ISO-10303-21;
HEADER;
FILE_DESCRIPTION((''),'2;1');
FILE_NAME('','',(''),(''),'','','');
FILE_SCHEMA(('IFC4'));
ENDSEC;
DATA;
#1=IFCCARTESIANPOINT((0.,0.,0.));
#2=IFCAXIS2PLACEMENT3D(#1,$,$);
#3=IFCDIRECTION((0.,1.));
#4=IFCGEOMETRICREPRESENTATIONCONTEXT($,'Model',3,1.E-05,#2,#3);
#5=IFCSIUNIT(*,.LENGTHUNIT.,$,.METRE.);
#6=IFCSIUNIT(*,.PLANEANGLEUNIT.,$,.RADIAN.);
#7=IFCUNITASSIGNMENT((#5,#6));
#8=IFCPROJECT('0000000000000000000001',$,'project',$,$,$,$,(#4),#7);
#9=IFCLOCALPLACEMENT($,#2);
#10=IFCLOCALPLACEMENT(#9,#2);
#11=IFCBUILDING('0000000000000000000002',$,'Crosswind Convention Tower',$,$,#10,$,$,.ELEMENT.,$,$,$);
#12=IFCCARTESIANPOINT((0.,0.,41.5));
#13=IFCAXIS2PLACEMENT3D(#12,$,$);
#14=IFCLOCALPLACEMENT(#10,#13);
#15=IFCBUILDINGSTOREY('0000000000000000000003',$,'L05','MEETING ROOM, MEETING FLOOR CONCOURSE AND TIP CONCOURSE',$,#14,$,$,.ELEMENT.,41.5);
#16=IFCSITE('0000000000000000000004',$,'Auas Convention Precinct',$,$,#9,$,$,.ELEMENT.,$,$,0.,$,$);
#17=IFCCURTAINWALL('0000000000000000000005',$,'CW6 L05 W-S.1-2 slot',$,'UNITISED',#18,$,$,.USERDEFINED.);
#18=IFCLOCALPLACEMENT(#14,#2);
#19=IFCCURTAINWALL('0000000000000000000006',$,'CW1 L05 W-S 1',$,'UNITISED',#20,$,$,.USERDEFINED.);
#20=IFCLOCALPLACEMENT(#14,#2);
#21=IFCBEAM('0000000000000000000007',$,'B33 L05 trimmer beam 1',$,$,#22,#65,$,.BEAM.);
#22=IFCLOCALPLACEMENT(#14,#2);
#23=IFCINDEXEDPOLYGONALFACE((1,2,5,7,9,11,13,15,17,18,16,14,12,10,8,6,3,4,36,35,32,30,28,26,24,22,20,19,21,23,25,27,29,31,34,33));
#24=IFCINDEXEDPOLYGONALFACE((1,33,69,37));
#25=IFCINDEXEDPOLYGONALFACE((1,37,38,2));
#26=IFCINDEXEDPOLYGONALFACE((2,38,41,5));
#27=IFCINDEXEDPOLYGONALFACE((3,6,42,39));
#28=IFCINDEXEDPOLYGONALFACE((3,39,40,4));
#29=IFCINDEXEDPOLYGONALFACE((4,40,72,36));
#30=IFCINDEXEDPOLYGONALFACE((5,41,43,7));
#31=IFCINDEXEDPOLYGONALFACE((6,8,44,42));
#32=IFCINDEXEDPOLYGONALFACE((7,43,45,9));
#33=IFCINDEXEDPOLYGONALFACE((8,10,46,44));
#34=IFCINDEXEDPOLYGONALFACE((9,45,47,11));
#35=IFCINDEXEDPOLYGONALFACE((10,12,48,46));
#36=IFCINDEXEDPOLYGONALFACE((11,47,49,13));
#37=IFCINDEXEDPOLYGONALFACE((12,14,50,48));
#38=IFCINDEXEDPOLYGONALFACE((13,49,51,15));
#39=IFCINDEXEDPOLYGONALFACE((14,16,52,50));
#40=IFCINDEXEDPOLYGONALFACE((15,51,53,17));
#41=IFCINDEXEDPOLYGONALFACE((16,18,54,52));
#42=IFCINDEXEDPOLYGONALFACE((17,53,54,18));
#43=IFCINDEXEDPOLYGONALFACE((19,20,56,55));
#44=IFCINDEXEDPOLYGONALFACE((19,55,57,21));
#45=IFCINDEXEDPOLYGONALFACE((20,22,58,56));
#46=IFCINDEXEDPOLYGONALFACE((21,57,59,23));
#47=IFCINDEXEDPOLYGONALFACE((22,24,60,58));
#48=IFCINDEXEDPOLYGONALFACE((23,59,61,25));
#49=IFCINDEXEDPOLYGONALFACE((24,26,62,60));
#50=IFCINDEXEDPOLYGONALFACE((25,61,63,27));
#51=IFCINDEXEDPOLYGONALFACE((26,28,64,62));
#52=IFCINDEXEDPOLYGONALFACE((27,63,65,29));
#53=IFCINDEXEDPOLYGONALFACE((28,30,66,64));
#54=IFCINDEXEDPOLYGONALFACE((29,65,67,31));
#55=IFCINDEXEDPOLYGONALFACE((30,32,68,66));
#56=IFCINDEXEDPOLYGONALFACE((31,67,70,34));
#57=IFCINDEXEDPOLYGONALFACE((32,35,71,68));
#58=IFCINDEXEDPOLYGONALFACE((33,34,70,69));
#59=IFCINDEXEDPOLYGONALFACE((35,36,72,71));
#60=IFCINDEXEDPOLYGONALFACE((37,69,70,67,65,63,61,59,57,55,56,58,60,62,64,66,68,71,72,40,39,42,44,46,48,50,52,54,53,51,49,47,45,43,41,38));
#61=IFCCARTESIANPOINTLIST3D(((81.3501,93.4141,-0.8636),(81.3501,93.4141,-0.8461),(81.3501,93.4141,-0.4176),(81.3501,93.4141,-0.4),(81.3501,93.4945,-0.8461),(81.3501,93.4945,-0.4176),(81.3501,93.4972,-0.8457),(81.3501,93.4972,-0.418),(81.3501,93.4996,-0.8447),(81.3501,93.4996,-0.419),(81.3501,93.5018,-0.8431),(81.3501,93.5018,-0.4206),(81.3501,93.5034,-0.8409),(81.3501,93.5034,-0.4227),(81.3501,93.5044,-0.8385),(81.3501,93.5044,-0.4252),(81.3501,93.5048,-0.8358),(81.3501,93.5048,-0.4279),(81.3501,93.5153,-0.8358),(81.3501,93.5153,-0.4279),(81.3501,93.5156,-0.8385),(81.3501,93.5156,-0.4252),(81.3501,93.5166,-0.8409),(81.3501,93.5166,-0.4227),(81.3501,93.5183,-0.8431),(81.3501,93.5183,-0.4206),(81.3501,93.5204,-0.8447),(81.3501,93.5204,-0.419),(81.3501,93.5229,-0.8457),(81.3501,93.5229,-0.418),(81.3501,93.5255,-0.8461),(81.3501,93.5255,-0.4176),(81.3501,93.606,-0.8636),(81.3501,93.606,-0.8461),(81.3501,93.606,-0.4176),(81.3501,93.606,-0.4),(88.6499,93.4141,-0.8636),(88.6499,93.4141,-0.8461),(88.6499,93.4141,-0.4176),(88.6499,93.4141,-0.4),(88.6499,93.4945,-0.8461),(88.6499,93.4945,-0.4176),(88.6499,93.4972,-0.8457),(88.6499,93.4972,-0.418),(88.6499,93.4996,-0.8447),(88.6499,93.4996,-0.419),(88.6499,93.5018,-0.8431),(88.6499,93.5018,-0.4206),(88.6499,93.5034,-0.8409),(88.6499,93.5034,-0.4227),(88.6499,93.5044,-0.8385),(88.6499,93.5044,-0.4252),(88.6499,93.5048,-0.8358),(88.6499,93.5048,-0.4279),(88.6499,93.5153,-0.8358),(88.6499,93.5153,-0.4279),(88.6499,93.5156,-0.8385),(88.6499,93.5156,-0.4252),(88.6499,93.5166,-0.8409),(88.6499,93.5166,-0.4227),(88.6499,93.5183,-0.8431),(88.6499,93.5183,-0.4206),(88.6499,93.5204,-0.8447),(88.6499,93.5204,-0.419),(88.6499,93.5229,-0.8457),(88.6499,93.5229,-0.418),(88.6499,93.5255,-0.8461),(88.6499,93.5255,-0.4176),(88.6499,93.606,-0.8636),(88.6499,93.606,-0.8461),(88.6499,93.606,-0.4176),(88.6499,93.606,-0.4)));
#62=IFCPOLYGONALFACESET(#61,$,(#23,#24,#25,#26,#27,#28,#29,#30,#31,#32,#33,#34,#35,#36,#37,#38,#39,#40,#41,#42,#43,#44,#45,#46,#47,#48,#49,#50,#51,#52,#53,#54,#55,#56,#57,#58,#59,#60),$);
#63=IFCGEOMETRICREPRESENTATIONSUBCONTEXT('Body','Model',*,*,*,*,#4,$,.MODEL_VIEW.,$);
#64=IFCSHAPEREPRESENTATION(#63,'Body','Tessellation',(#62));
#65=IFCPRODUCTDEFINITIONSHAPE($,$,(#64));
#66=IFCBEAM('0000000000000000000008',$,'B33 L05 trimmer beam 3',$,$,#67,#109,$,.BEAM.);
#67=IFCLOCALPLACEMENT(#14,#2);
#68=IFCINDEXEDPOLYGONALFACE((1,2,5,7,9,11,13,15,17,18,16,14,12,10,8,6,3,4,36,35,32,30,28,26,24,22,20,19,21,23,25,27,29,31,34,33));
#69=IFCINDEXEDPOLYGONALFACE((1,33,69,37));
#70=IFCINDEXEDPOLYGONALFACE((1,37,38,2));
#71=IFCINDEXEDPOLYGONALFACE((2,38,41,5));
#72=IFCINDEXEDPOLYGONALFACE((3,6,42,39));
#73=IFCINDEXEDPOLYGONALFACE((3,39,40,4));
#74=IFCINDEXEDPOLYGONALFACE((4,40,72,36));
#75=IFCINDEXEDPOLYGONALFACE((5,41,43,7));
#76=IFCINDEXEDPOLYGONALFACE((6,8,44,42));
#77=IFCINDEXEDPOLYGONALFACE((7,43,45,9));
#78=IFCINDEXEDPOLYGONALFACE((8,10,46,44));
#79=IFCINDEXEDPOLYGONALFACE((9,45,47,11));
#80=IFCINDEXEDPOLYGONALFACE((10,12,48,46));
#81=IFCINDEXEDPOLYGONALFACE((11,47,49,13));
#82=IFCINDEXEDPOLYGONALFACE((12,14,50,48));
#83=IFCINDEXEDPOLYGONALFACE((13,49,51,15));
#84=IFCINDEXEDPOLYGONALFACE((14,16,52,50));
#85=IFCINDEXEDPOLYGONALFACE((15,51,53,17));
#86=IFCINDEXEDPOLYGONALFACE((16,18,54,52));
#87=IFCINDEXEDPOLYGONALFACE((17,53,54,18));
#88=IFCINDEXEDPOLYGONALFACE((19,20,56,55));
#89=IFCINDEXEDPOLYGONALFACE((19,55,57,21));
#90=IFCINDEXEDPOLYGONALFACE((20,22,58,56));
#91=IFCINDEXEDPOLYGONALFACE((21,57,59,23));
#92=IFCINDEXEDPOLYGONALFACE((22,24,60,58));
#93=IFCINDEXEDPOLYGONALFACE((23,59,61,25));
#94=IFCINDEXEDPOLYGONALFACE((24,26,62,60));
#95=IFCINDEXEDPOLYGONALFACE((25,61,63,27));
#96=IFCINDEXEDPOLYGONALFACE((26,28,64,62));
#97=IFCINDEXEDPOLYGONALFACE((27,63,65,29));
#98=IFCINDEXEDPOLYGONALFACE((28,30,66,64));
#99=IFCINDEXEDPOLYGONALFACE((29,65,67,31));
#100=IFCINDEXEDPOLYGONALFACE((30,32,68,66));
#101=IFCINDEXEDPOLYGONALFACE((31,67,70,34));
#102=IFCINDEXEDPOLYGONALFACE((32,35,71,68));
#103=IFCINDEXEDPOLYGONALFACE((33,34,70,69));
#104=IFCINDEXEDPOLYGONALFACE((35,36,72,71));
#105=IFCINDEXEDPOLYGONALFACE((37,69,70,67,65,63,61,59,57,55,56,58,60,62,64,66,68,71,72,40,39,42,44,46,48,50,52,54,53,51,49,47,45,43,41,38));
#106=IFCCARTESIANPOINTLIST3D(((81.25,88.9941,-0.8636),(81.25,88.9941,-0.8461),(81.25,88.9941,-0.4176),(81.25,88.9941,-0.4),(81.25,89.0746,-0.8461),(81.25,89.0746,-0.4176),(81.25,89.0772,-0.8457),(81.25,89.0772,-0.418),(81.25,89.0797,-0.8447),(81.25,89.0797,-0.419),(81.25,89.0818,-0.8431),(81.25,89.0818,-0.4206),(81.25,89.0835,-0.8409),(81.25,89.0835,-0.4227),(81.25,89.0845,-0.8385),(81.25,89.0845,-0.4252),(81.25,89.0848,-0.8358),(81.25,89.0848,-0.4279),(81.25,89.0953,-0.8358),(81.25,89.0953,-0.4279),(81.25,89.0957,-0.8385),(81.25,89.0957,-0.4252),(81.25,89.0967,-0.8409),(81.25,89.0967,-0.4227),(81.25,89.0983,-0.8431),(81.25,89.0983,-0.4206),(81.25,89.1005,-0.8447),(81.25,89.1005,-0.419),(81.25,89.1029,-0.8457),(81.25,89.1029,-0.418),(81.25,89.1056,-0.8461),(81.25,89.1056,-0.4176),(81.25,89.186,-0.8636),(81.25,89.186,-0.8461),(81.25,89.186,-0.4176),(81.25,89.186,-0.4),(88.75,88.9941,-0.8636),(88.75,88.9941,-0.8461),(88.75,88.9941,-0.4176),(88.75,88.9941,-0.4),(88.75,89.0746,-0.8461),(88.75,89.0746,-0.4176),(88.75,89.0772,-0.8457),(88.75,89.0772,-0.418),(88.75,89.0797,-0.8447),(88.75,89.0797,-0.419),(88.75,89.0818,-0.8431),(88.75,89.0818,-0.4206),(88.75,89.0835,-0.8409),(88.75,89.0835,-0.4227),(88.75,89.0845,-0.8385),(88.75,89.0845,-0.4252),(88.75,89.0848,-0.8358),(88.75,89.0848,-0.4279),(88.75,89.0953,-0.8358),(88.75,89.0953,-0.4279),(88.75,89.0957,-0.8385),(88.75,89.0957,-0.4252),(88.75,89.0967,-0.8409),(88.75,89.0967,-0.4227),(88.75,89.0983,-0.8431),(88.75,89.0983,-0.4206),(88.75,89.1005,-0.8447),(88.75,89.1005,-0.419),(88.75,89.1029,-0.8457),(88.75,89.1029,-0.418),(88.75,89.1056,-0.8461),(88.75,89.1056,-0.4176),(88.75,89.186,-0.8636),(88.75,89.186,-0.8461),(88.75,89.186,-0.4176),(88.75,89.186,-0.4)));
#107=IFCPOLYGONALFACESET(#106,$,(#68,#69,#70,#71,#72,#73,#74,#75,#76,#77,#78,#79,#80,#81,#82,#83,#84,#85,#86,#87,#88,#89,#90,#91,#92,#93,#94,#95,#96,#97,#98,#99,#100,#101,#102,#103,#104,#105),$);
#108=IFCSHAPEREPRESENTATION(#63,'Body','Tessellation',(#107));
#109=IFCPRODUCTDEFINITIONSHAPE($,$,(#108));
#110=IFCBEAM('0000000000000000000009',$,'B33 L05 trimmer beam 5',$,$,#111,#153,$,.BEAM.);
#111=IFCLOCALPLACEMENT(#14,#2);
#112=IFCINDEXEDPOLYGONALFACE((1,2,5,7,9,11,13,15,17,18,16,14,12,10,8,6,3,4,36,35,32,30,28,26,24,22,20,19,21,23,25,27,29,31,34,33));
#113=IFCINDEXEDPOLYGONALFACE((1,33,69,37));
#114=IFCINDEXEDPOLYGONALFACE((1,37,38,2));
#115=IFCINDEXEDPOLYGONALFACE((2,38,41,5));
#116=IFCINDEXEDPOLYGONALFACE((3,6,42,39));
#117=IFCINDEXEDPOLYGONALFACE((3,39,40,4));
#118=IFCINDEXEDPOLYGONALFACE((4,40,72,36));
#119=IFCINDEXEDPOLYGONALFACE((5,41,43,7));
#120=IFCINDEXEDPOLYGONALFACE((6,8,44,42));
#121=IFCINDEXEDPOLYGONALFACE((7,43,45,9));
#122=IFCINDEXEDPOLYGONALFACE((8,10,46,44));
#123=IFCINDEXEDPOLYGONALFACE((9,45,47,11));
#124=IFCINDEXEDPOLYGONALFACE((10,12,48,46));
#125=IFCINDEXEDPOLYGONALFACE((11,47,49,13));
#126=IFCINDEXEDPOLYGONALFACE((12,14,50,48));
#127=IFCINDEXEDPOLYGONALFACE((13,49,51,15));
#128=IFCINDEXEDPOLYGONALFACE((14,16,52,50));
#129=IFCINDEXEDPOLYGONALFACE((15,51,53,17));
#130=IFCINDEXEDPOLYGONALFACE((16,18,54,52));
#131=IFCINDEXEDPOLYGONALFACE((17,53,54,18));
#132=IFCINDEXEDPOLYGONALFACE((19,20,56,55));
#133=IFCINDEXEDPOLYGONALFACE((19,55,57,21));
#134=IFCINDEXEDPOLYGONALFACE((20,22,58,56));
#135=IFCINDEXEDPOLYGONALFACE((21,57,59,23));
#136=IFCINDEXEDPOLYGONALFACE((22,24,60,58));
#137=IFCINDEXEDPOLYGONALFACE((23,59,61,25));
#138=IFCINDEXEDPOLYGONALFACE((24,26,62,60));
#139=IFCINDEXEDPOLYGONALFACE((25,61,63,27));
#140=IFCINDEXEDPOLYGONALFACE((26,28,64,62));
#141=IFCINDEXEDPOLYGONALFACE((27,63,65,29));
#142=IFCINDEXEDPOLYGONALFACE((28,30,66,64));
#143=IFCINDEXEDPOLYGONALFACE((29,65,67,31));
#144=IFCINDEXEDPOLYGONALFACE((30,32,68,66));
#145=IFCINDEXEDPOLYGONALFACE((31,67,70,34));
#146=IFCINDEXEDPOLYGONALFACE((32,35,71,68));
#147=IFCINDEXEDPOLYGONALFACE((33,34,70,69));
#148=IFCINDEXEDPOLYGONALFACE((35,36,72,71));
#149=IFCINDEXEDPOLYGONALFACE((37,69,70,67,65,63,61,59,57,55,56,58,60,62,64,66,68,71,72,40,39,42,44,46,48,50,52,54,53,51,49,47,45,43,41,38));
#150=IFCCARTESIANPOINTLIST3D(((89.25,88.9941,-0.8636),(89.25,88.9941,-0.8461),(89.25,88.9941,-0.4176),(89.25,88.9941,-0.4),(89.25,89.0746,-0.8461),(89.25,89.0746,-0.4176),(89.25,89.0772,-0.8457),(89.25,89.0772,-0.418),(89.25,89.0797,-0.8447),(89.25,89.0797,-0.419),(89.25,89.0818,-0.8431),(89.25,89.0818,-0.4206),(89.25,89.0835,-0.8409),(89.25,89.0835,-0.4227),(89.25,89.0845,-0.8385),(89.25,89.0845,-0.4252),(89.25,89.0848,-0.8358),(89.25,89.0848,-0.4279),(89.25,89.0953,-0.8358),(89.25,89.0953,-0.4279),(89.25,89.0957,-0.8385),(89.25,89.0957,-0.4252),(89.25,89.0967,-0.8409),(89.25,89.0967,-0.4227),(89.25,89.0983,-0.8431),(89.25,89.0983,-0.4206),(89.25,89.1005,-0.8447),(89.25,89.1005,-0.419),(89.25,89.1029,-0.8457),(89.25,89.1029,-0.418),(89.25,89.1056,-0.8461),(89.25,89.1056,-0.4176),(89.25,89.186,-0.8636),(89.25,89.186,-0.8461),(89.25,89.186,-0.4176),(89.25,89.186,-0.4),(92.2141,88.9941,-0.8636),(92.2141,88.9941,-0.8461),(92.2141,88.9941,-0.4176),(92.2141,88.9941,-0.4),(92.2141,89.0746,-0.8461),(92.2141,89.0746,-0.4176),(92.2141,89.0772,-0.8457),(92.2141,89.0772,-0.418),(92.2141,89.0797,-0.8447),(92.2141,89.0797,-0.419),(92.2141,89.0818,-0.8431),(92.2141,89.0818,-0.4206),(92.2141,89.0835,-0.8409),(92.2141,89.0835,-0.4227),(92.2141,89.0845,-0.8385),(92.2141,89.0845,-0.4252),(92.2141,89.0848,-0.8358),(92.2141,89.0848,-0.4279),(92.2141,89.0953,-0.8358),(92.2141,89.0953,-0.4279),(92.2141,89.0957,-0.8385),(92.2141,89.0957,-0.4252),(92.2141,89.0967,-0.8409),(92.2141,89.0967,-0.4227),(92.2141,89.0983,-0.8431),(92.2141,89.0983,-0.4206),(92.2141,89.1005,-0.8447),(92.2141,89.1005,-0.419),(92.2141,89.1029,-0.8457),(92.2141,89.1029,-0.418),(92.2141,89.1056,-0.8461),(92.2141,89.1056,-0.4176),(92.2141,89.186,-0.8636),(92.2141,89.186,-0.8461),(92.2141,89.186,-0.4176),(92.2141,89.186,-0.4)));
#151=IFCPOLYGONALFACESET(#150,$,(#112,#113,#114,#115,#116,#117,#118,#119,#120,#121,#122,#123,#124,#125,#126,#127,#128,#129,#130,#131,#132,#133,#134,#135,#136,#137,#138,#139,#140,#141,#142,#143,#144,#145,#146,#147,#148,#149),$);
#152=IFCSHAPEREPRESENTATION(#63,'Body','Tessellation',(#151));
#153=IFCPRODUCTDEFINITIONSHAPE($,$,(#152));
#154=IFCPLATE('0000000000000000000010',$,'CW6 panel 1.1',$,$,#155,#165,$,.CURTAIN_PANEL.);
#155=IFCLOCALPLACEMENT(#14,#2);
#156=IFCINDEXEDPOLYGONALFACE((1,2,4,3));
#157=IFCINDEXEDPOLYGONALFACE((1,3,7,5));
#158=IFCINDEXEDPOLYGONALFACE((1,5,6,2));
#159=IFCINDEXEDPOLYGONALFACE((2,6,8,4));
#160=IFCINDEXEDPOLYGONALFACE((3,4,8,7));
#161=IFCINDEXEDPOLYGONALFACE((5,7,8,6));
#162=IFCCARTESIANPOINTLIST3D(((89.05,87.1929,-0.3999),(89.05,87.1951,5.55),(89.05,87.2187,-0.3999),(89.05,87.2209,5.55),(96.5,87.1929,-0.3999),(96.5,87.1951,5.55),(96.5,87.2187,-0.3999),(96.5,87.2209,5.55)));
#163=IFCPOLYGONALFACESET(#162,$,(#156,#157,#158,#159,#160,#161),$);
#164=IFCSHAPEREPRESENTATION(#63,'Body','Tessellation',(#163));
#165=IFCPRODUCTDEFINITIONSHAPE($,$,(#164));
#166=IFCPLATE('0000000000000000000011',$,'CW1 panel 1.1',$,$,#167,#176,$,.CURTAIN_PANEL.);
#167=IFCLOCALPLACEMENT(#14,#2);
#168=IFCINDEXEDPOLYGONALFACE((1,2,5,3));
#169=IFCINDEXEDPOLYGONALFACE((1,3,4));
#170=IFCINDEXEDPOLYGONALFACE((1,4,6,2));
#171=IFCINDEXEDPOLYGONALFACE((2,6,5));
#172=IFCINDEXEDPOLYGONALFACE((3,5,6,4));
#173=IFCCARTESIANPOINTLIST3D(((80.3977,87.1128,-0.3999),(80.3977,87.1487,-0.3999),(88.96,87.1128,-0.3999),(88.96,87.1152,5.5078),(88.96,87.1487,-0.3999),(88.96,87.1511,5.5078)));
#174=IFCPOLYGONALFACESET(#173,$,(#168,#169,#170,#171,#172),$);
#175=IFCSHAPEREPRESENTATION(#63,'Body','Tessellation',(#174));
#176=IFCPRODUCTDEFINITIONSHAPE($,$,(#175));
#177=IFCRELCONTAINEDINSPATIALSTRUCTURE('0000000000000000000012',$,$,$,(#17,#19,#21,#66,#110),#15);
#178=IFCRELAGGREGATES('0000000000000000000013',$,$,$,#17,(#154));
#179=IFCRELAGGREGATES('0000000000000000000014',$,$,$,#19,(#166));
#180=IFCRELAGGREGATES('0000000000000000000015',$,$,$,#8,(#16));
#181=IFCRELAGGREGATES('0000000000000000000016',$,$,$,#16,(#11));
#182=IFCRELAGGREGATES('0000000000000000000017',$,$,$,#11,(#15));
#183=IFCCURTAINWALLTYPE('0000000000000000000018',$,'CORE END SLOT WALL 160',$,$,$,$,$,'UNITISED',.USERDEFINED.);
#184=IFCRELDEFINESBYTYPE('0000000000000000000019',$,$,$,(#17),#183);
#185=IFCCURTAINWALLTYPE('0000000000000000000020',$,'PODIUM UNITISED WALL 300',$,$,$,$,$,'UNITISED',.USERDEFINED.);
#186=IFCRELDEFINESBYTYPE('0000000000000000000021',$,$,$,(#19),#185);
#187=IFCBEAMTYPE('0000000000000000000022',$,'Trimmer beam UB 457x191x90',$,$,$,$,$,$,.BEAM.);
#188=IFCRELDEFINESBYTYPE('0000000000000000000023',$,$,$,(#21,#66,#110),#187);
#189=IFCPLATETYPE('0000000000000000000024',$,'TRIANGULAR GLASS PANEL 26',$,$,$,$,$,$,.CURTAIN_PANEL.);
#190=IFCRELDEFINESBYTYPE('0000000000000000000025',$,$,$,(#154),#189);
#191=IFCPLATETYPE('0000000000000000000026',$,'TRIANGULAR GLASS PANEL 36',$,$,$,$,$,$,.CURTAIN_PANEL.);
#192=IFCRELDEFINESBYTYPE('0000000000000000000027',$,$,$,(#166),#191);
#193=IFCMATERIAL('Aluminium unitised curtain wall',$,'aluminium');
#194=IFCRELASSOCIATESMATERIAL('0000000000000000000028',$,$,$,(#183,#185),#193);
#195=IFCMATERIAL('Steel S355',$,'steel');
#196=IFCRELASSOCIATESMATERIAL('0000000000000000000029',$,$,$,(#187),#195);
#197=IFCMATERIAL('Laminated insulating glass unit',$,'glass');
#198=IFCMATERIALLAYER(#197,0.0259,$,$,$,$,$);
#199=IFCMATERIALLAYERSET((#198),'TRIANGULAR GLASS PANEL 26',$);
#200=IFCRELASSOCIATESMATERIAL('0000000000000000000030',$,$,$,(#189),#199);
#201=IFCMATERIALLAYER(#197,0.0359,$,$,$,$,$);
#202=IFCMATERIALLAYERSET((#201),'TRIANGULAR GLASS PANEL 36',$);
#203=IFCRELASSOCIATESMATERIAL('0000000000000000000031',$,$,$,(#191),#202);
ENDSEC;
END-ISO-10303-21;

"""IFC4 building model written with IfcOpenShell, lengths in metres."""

from ifc_helpers import new_model, si_unit, direction, frame, origin, origin_2d, place, context, subcontext, project, spatial, polyline, i_section, outline, extrude, material, layer, layer_set, material_profile, profile_set, type_object, element, aggregate, save


model = new_model("IFC4")

# Units and contexts
model_context = context("Model", 3, precision=1e-05, world=origin(), true_north=direction((0.0, 1.0)))
body_context = subcontext(model_context, "Body", "Model", "MODEL_VIEW")
ifc_project = project(units=[si_unit("LENGTHUNIT", "METRE"), si_unit("PLANEANGLEUNIT", "RADIAN")], contexts=[model_context])

# Site, building, storey
site_placement = place(None, origin())
site = spatial("IfcSite", under=ifc_project, at=site_placement, Name="Auas Convention Precinct", CompositionType="ELEMENT", RefElevation=0.0)
building_placement = place(site_placement, origin())
building = spatial("IfcBuilding", under=site, at=building_placement, Name="Crosswind Convention Tower", CompositionType="ELEMENT")
storey_placement = place(building_placement, frame((0.0, 0.0, 41.5)))
storey = spatial("IfcBuildingStorey", under=building, at=storey_placement, Name="L05", Description="MEETING ROOM, MEETING FLOOR CONCOURSE AND TIP CONCOURSE", CompositionType="ELEMENT", Elevation=41.5)

# Shared definitions
ifc_material_1 = material(Name="Steel S355", Category="steel")

# Curtain walls
ifc_material_2 = material(Name="Aluminium unitised curtain wall", Category="aluminium")
curtain_wall_type_1 = type_object("IfcCurtainWallType", Name="CORE END SLOT WALL 160", ElementType="UNITISED", PredefinedType="USERDEFINED", material=ifc_material_2)
curtain_wall_1_placement = place(storey_placement, origin())
curtain_wall_1 = element("IfcCurtainWall", 1, at=curtain_wall_1_placement, inside=storey, type_object=curtain_wall_type_1, Name="CW6 L05 W-S.1-2 slot", ObjectType="UNITISED", PredefinedType="USERDEFINED")
curtain_wall_type_2 = type_object("IfcCurtainWallType", Name="PODIUM UNITISED WALL 300", ElementType="UNITISED", PredefinedType="USERDEFINED", material=ifc_material_2)
curtain_wall_2_placement = place(storey_placement, origin())
curtain_wall_2 = element("IfcCurtainWall", 2, at=curtain_wall_2_placement, inside=storey, type_object=curtain_wall_type_2, Name="CW1 L05 W-S 1", ObjectType="UNITISED", PredefinedType="USERDEFINED")

# Beams
ifc_material_profile_1 = material_profile(ifc_material_1, i_section(OverallWidth=0.1919, OverallDepth=0.4636, WebThickness=0.0105, FlangeThickness=0.0176, FilletRadius=0.0103, at=origin_2d()), Name="UB 457x191x90")
ifc_profile_set_1 = profile_set([ifc_material_profile_1], Name="Steel S355")
beam_type_1 = type_object("IfcBeamType", Name="Trimmer beam UB 457x191x90", PredefinedType="BEAM", material=ifc_profile_set_1)
beam_1_placement = place(storey_placement, frame((88.6499, 93.51, -0.6318), z_axis=(-1.0, 0.0, 0.0), x_axis=(0.0, -1.0, 0.0)))
element("IfcBeam", 3, at=beam_1_placement, inside=storey, type_object=beam_type_1, Name="B33 L05 trimmer beam 1", PredefinedType="BEAM", context=body_context, shape_type="SweptSolid", body=[
    extrude(i_section(OverallWidth=0.1919, OverallDepth=0.4636, WebThickness=0.0105, FlangeThickness=0.0176, FilletRadius=0.0103, at=origin_2d()), origin(), (0.0, 0.0, 1.0), 7.2998),
])
beam_2_placement = place(storey_placement, frame((88.75, 89.0901, -0.6318), z_axis=(-1.0, 0.0, 0.0), x_axis=(0.0, -1.0, 0.0)))
element("IfcBeam", 4, at=beam_2_placement, inside=storey, type_object=beam_type_1, Name="B33 L05 trimmer beam 3", PredefinedType="BEAM", context=body_context, shape_type="SweptSolid", body=[
    extrude(i_section(OverallWidth=0.1919, OverallDepth=0.4636, WebThickness=0.0105, FlangeThickness=0.0176, FilletRadius=0.0103, at=origin_2d()), origin(), (0.0, 0.0, 1.0), 7.5),
])
beam_3_placement = place(storey_placement, frame((92.2141, 89.0901, -0.6318), z_axis=(-1.0, 0.0, 0.0), x_axis=(0.0, -1.0, 0.0)))
element("IfcBeam", 5, at=beam_3_placement, inside=storey, type_object=beam_type_1, Name="B33 L05 trimmer beam 5", PredefinedType="BEAM", context=body_context, shape_type="SweptSolid", body=[
    extrude(i_section(OverallWidth=0.1919, OverallDepth=0.4636, WebThickness=0.0105, FlangeThickness=0.0176, FilletRadius=0.0103, at=origin_2d()), origin(), (0.0, 0.0, 1.0), 2.9641),
])

# Plates
ifc_material_3 = material(Name="Laminated insulating glass unit", Category="glass")
ifc_layer_1 = layer(ifc_material_3, 0.0259)
ifc_layer_set_1 = layer_set([ifc_layer_1], Name="TRIANGULAR GLASS PANEL 26")
plate_type_1 = type_object("IfcPlateType", Name="TRIANGULAR GLASS PANEL 26", PredefinedType="CURTAIN_PANEL", material=ifc_layer_set_1)
plate_1_placement = place(storey_placement, frame((89.05, 87.1929, -0.3999), z_axis=(0.0, -1.0, 0.000369), x_axis=(1.0, 0.0, 0.0)))
plate_1 = element("IfcPlate", 6, at=plate_1_placement, type_object=plate_type_1, Name="CW6 panel 1.1", PredefinedType="CURTAIN_PANEL", context=body_context, shape_type="SweptSolid", body=[
    extrude(outline(polyline([(0.0, 0.0), (7.45, 0.0), (7.45, 5.95), (0.0, 5.95), (0.0, 0.0)])), origin(), (0.0, 0.0, -1.0), 0.0259),
])
aggregate(curtain_wall_1, [plate_1])
ifc_layer_2 = layer(ifc_material_3, 0.0359)
ifc_layer_set_2 = layer_set([ifc_layer_2], Name="TRIANGULAR GLASS PANEL 36")
plate_type_2 = type_object("IfcPlateType", Name="TRIANGULAR GLASS PANEL 36", PredefinedType="CURTAIN_PANEL", material=ifc_layer_set_2)
plate_2_placement = place(storey_placement, frame((88.96, 87.1128, -0.3999), z_axis=(0.0, -1.0, 0.000413), x_axis=(0.0, 0.000413, 1.0)))
plate_2 = element("IfcPlate", 7, at=plate_2_placement, type_object=plate_type_2, Name="CW1 panel 1.1", PredefinedType="CURTAIN_PANEL", context=body_context, shape_type="SweptSolid", body=[
    extrude(outline(polyline([(0.0, 0.0), (5.9077, 0.0), (0.0, 8.5623), (0.0, 0.0)])), origin(), (0.0, 0.0, -1.0), 0.0359),
])
aggregate(curtain_wall_2, [plate_2])

save(model, "model.ifc")
